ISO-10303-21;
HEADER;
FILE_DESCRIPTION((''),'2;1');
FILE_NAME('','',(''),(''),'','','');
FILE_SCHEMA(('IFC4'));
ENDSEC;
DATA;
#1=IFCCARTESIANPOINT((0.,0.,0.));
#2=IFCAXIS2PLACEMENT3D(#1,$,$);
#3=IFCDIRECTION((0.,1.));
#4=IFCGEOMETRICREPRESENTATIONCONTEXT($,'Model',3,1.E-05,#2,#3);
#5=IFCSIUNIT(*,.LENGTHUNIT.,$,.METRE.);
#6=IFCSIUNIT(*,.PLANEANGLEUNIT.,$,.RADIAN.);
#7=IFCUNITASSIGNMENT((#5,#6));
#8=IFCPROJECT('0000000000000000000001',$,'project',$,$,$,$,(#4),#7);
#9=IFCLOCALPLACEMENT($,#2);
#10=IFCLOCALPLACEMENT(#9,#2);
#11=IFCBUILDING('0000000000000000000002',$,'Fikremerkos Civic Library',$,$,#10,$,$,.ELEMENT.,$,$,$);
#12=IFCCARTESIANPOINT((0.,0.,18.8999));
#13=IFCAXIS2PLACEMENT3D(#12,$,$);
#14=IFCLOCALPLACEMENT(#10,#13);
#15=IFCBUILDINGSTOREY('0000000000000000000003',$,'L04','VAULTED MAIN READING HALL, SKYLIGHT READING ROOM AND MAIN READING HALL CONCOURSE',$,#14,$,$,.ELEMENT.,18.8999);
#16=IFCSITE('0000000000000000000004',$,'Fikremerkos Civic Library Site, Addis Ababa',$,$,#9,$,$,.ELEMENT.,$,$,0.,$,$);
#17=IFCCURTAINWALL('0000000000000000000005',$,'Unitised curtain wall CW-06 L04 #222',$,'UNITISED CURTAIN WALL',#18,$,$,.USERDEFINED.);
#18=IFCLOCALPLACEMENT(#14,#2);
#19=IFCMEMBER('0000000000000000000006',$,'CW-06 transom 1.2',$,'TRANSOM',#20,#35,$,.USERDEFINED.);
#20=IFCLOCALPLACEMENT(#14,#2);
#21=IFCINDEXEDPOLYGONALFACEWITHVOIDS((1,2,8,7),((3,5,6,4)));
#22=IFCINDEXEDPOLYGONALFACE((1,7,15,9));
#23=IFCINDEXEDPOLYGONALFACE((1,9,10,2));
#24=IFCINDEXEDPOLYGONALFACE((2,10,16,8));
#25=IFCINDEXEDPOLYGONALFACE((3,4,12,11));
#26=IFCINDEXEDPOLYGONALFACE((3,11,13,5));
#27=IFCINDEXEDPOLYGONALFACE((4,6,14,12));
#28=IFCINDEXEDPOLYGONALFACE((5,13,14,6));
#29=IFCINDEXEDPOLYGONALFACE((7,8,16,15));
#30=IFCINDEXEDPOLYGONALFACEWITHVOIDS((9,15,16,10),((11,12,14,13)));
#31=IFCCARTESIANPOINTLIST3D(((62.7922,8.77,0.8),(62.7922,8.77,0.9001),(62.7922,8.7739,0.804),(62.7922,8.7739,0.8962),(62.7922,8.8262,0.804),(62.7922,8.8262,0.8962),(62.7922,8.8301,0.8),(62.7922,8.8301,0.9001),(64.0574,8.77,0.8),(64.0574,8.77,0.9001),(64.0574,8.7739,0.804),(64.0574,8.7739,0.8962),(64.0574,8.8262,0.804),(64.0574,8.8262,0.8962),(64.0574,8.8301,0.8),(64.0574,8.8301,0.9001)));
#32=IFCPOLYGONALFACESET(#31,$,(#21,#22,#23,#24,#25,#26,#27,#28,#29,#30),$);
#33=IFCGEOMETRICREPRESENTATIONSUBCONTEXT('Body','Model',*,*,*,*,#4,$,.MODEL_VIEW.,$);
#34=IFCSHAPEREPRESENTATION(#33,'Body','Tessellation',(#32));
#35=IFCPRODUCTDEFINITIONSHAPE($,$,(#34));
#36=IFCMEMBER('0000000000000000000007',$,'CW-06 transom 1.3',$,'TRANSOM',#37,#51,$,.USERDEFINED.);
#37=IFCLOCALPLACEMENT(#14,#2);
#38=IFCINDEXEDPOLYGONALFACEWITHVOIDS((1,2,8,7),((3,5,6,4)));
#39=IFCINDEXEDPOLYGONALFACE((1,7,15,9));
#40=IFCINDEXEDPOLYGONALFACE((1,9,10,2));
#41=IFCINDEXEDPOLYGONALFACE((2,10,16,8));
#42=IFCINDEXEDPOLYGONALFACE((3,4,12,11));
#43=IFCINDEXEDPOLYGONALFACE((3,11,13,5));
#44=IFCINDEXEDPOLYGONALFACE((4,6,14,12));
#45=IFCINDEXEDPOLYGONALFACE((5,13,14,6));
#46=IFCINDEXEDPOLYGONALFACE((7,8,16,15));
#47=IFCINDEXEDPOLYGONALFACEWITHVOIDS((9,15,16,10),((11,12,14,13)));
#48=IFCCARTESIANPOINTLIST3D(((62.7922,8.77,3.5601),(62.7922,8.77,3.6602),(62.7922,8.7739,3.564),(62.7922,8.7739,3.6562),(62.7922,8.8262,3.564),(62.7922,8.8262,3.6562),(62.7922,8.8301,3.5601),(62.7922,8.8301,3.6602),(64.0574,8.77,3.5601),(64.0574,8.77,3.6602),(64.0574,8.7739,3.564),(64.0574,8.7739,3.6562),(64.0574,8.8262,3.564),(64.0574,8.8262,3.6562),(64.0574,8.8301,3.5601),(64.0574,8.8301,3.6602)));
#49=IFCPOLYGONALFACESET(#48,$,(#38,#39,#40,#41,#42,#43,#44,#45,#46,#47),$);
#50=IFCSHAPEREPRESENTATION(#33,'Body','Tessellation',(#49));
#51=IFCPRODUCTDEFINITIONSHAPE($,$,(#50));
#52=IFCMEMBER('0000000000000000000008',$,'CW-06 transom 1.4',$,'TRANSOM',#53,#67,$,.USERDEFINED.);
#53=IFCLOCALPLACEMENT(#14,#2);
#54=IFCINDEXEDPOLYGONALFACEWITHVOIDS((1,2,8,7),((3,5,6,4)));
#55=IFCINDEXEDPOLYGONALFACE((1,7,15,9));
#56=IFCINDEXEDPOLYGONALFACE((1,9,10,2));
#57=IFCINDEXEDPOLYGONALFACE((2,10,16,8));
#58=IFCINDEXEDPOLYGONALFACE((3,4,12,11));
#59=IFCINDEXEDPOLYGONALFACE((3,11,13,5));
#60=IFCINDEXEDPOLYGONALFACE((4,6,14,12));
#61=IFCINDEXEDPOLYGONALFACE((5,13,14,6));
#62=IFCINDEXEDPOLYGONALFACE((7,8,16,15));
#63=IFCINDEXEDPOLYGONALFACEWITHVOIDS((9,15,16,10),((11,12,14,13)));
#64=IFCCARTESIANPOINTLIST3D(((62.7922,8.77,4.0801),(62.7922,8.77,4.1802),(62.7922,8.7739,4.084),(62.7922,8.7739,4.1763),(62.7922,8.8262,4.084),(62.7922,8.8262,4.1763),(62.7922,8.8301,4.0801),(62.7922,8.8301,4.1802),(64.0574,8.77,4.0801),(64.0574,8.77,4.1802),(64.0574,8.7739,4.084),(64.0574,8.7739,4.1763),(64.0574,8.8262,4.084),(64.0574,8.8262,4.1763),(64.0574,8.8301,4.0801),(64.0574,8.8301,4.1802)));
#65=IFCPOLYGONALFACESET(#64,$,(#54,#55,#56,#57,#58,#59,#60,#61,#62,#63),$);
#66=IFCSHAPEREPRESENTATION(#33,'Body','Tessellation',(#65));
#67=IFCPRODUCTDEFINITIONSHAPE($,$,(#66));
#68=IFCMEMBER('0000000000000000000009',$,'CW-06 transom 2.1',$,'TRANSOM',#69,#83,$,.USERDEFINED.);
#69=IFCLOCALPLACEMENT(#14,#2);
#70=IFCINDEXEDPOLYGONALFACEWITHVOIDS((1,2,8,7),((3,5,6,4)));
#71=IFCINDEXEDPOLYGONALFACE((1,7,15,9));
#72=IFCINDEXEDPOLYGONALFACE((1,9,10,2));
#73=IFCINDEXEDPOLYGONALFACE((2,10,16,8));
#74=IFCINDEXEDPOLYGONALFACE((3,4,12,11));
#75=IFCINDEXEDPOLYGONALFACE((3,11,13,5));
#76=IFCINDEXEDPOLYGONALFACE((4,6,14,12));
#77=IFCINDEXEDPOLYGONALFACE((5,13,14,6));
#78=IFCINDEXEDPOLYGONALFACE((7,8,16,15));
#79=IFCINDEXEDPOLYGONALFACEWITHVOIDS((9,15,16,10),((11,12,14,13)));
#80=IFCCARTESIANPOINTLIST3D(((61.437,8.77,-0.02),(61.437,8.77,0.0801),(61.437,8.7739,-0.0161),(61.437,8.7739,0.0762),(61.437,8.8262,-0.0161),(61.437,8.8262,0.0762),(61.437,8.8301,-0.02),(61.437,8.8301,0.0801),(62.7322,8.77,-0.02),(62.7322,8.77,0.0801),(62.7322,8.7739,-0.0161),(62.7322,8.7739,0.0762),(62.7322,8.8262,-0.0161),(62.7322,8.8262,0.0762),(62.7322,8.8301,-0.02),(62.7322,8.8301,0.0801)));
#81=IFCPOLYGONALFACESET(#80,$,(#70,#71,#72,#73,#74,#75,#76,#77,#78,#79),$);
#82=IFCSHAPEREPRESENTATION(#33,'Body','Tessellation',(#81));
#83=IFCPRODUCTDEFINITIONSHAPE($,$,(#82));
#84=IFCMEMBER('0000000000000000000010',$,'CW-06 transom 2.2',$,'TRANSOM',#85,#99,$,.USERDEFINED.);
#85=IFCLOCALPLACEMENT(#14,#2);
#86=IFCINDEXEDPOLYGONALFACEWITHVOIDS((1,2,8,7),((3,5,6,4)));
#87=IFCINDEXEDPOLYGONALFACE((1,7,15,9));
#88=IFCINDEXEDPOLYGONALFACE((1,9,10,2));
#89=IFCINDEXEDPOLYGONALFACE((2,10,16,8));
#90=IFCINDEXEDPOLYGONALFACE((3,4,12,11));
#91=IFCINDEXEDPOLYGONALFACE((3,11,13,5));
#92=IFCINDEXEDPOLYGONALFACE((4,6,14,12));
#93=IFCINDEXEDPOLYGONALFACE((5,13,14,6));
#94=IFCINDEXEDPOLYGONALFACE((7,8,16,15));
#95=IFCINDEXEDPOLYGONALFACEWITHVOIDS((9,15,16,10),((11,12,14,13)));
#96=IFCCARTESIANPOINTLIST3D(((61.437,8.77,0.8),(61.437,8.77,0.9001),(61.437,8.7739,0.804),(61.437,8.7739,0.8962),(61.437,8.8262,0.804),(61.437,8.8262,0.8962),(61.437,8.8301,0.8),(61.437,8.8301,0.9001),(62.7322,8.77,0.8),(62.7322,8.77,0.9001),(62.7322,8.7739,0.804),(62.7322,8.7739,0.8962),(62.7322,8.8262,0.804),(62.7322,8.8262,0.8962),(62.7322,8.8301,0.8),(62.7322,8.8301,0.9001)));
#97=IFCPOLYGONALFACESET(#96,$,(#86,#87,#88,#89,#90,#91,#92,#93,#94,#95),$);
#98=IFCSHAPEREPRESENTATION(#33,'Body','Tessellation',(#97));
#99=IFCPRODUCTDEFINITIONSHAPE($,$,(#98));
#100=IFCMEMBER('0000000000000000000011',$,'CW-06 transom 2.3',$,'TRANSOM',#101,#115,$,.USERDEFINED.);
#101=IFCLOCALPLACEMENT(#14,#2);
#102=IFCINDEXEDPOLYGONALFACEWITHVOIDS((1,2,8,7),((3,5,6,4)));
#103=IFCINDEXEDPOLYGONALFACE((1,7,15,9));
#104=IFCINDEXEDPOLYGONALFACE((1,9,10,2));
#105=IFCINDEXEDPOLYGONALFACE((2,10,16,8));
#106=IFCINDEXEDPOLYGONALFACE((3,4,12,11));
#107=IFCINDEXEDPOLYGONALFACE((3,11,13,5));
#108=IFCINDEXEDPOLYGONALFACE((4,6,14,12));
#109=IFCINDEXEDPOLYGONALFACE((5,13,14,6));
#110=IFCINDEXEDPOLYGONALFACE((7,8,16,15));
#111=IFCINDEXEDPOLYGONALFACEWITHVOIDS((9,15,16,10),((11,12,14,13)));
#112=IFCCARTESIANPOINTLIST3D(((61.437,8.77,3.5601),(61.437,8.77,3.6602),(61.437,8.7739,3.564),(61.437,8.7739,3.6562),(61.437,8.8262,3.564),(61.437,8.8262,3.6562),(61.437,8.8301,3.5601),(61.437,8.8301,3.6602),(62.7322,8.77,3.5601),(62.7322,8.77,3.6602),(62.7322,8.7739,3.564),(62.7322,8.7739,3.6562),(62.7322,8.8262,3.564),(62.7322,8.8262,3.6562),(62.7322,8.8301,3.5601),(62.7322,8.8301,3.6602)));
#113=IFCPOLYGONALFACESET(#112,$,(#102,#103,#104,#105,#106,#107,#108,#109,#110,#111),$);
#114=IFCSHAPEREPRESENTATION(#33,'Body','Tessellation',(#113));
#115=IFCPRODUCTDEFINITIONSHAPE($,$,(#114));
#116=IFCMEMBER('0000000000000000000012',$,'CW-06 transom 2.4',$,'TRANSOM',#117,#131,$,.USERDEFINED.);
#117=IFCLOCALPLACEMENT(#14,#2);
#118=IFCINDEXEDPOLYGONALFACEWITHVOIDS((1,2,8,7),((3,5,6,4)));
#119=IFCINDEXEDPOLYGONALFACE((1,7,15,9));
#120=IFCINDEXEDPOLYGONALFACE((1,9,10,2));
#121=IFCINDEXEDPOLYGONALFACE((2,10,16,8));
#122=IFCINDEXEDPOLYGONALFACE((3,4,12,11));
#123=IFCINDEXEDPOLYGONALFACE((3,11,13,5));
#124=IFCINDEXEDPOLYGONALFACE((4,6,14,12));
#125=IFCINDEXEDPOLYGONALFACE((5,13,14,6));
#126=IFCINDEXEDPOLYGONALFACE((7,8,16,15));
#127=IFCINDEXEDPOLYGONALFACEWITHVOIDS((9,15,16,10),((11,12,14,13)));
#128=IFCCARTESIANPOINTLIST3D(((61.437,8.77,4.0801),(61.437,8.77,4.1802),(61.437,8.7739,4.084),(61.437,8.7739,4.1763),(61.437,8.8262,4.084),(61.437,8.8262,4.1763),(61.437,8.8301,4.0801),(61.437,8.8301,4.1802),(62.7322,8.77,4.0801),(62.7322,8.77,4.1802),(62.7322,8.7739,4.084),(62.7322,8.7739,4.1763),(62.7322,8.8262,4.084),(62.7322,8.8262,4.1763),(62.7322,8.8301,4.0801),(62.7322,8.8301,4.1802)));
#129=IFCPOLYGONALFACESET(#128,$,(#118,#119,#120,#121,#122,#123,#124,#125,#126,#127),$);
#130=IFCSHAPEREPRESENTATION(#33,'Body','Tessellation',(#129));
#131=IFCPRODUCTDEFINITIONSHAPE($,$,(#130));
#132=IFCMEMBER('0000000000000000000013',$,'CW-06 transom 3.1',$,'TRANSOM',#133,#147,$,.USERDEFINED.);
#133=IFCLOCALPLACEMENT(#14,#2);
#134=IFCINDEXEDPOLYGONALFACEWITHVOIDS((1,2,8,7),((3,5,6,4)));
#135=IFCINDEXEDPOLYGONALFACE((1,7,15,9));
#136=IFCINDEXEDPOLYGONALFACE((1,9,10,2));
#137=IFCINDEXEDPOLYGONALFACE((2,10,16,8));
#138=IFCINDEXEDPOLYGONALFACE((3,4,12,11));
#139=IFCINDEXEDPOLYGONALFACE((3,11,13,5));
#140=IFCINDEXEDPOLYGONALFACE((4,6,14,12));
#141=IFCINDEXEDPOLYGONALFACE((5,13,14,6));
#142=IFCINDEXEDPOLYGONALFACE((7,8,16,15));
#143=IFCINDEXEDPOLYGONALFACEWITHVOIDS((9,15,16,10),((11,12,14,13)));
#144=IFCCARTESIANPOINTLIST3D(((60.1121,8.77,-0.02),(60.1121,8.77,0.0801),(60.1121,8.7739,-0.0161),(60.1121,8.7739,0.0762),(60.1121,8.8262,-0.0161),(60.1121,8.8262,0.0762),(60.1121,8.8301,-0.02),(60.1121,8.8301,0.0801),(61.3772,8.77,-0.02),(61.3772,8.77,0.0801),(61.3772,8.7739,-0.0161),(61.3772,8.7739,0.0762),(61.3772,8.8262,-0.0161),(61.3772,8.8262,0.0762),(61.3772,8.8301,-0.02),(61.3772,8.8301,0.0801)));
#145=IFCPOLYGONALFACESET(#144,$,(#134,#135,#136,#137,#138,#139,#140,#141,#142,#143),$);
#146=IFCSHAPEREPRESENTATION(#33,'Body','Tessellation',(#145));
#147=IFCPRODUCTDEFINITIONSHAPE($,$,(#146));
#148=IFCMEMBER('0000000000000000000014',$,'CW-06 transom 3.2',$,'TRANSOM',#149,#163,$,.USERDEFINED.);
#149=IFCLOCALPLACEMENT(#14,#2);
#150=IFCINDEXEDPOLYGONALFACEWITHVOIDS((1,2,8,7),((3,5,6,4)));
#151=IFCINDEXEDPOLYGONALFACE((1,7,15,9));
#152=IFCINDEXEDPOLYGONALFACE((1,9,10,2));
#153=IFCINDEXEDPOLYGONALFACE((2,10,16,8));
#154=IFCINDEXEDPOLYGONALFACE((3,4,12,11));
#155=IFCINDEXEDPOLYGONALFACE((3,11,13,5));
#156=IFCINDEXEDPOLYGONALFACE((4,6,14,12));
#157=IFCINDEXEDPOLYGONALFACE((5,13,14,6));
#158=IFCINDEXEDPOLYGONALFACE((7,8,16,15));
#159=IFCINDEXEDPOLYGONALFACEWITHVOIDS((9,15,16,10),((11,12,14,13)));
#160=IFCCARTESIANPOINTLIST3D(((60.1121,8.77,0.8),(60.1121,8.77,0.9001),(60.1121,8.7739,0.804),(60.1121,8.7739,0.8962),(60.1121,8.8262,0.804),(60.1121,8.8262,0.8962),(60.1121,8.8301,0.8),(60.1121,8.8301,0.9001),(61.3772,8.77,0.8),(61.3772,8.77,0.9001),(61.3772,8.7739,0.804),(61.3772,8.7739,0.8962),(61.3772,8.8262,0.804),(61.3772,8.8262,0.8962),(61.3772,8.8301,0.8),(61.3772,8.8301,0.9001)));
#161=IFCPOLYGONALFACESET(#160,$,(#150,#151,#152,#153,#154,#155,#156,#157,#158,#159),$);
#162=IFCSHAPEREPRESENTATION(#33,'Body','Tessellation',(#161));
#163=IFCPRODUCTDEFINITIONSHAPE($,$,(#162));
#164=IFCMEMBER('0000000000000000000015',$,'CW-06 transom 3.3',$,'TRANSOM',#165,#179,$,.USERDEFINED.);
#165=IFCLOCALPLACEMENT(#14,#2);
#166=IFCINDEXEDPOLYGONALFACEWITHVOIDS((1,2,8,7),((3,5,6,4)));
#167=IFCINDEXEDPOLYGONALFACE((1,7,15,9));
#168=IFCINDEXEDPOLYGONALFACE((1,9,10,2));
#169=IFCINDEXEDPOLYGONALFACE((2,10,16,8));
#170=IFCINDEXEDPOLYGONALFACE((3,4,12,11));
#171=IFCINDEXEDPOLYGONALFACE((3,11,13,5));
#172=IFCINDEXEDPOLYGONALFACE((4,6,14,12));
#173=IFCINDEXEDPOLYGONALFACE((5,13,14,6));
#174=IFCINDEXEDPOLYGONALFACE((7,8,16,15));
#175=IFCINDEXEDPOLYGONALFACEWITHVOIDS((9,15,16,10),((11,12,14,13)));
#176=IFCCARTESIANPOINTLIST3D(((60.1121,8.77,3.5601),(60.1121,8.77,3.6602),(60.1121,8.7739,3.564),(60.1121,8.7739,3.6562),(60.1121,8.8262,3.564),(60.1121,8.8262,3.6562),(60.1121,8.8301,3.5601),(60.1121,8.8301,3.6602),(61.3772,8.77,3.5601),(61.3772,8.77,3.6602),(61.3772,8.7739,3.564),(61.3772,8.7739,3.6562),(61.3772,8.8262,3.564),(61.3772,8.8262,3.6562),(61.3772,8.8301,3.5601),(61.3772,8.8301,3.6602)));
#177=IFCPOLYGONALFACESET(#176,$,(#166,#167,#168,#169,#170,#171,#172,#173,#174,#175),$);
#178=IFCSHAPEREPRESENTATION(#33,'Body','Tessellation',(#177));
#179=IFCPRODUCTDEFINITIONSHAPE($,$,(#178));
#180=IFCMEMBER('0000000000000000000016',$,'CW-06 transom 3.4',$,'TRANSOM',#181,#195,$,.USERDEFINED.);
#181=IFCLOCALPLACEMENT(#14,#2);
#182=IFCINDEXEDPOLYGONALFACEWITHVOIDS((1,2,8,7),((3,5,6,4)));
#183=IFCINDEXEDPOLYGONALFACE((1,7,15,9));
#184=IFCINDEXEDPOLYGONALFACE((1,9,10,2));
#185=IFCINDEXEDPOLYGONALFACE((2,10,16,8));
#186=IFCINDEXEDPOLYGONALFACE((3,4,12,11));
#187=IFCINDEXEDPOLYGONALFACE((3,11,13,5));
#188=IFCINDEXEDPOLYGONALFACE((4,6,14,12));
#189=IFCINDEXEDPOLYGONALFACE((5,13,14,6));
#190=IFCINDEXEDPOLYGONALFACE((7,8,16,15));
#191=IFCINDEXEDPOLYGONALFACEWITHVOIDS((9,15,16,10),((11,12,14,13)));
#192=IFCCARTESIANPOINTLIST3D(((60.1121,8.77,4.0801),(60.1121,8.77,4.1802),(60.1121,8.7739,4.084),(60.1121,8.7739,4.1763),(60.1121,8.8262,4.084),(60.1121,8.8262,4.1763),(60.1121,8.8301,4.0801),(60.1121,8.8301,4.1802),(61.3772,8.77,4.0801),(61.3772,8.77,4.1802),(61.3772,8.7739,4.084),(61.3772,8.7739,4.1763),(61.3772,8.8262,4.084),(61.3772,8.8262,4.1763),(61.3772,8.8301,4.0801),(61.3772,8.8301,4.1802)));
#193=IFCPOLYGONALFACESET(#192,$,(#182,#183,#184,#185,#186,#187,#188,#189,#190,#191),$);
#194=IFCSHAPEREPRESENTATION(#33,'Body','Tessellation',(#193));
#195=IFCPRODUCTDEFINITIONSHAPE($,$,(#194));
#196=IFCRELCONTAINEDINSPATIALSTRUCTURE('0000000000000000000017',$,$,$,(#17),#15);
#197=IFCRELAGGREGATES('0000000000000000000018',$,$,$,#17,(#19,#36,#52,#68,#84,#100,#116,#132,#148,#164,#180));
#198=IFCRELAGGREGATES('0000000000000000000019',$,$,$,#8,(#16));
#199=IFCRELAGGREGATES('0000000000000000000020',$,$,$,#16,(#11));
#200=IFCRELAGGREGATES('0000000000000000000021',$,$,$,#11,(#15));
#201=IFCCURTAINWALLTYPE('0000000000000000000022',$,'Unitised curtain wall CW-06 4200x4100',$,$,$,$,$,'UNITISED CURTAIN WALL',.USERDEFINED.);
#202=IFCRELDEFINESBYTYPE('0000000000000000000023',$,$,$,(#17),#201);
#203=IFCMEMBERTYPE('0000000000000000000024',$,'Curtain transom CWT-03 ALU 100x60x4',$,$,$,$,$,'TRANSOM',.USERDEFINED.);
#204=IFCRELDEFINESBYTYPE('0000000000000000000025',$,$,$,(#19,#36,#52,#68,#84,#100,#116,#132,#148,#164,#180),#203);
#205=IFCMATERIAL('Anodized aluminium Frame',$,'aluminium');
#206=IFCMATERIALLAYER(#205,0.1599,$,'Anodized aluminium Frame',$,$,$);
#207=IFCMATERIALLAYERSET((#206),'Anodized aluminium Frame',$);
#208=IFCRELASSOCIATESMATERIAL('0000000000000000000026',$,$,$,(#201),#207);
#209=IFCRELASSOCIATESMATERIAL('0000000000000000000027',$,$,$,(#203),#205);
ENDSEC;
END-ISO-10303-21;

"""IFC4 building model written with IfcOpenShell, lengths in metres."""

from ifc_helpers import new_model, si_unit, direction, frame, origin, origin_2d, place, context, subcontext, project, spatial, hollow_rectangle, extrude, material, layer, layer_set, material_profile, profile_set, type_object, element, aggregate, save


model = new_model("IFC4")

# Units and contexts
model_context = context("Model", 3, precision=1e-05, world=origin(), true_north=direction((0.0, 1.0)))
body_context = subcontext(model_context, "Body", "Model", "MODEL_VIEW")
ifc_project = project(units=[si_unit("LENGTHUNIT", "METRE"), si_unit("PLANEANGLEUNIT", "RADIAN")], contexts=[model_context])

# Site, building, storey
site_placement = place(None, origin())
site = spatial("IfcSite", under=ifc_project, at=site_placement, Name="Fikremerkos Civic Library Site, Addis Ababa", CompositionType="ELEMENT", RefElevation=0.0)
building_placement = place(site_placement, origin())
building = spatial("IfcBuilding", under=site, at=building_placement, Name="Fikremerkos Civic Library", CompositionType="ELEMENT")
storey_placement = place(building_placement, frame((0.0, 0.0, 18.8999)))
storey = spatial("IfcBuildingStorey", under=building, at=storey_placement, Name="L04", Description="VAULTED MAIN READING HALL, SKYLIGHT READING ROOM AND MAIN READING HALL CONCOURSE", CompositionType="ELEMENT", Elevation=18.8999)

# Curtain wall
ifc_material_1 = material(Name="Anodized aluminium Frame", Category="aluminium")
ifc_layer_1 = layer(ifc_material_1, 0.1599, Name="Anodized aluminium Frame")
ifc_layer_set_1 = layer_set([ifc_layer_1], Name="Anodized aluminium Frame")
curtain_wall_type_1 = type_object("IfcCurtainWallType", Name="Unitised curtain wall CW-06 4200x4100", ElementType="UNITISED CURTAIN WALL", PredefinedType="USERDEFINED", material=ifc_layer_set_1)
curtain_wall_1_placement = place(storey_placement, origin())
curtain_wall_1 = element("IfcCurtainWall", 1, at=curtain_wall_1_placement, inside=storey, type_object=curtain_wall_type_1, Name="Unitised curtain wall CW-06 L04 #222", ObjectType="UNITISED CURTAIN WALL", PredefinedType="USERDEFINED")

# Members
ifc_material_profile_1 = material_profile(ifc_material_1, hollow_rectangle(XDim=0.0601, YDim=0.1001, WallThickness=0.0039, at=origin_2d()), Name="ALU 100x60x4")
ifc_profile_set_1 = profile_set([ifc_material_profile_1], Name="Anodized aluminium Frame")
member_type_1 = type_object("IfcMemberType", Name="Curtain transom CWT-03 ALU 100x60x4", ElementType="TRANSOM", PredefinedType="USERDEFINED", material=ifc_profile_set_1)
member_1_placement = place(storey_placement, frame((64.0574, 8.8, 0.8501), z_axis=(-1.0, 0.0, 0.0), x_axis=(0.0, -1.0, 0.0)))
member_1 = element("IfcMember", 2, at=member_1_placement, type_object=member_type_1, Name="CW-06 transom 1.2", ObjectType="TRANSOM", PredefinedType="USERDEFINED", context=body_context, shape_type="SweptSolid", body=[
    extrude(hollow_rectangle(XDim=0.0601, YDim=0.1001, WallThickness=0.0039, at=origin_2d()), origin(), (0.0, 0.0, 1.0), 1.2651),
])
member_2_placement = place(storey_placement, frame((64.0574, 8.8, 3.6101), z_axis=(-1.0, 0.0, 0.0), x_axis=(0.0, -1.0, 0.0)))
member_2 = element("IfcMember", 3, at=member_2_placement, type_object=member_type_1, Name="CW-06 transom 1.3", ObjectType="TRANSOM", PredefinedType="USERDEFINED", context=body_context, shape_type="SweptSolid", body=[
    extrude(hollow_rectangle(XDim=0.0601, YDim=0.1001, WallThickness=0.0039, at=origin_2d()), origin(), (0.0, 0.0, 1.0), 1.2651),
])
member_3_placement = place(storey_placement, frame((64.0574, 8.8, 4.1301), z_axis=(-1.0, 0.0, 0.0), x_axis=(0.0, -1.0, 0.0)))
member_3 = element("IfcMember", 4, at=member_3_placement, type_object=member_type_1, Name="CW-06 transom 1.4", ObjectType="TRANSOM", PredefinedType="USERDEFINED", context=body_context, shape_type="SweptSolid", body=[
    extrude(hollow_rectangle(XDim=0.0601, YDim=0.1001, WallThickness=0.0039, at=origin_2d()), origin(), (0.0, 0.0, 1.0), 1.2651),
])
member_4_placement = place(storey_placement, frame((62.7322, 8.8, 0.03), z_axis=(-1.0, 0.0, 0.0), x_axis=(0.0, -1.0, 0.0)))
member_4 = element("IfcMember", 5, at=member_4_placement, type_object=member_type_1, Name="CW-06 transom 2.1", ObjectType="TRANSOM", PredefinedType="USERDEFINED", context=body_context, shape_type="SweptSolid", body=[
    extrude(hollow_rectangle(XDim=0.0601, YDim=0.1001, WallThickness=0.0039, at=origin_2d()), origin(), (0.0, 0.0, 1.0), 1.2952),
])
member_5_placement = place(storey_placement, frame((62.7322, 8.8, 0.8501), z_axis=(-1.0, 0.0, 0.0), x_axis=(0.0, -1.0, 0.0)))
member_5 = element("IfcMember", 6, at=member_5_placement, type_object=member_type_1, Name="CW-06 transom 2.2", ObjectType="TRANSOM", PredefinedType="USERDEFINED", context=body_context, shape_type="SweptSolid", body=[
    extrude(hollow_rectangle(XDim=0.0601, YDim=0.1001, WallThickness=0.0039, at=origin_2d()), origin(), (0.0, 0.0, 1.0), 1.2952),
])
member_6_placement = place(storey_placement, frame((62.7322, 8.8, 3.6101), z_axis=(-1.0, 0.0, 0.0), x_axis=(0.0, -1.0, 0.0)))
member_6 = element("IfcMember", 7, at=member_6_placement, type_object=member_type_1, Name="CW-06 transom 2.3", ObjectType="TRANSOM", PredefinedType="USERDEFINED", context=body_context, shape_type="SweptSolid", body=[
    extrude(hollow_rectangle(XDim=0.0601, YDim=0.1001, WallThickness=0.0039, at=origin_2d()), origin(), (0.0, 0.0, 1.0), 1.2952),
])
member_7_placement = place(storey_placement, frame((62.7322, 8.8, 4.1301), z_axis=(-1.0, 0.0, 0.0), x_axis=(0.0, -1.0, 0.0)))
member_7 = element("IfcMember", 8, at=member_7_placement, type_object=member_type_1, Name="CW-06 transom 2.4", ObjectType="TRANSOM", PredefinedType="USERDEFINED", context=body_context, shape_type="SweptSolid", body=[
    extrude(hollow_rectangle(XDim=0.0601, YDim=0.1001, WallThickness=0.0039, at=origin_2d()), origin(), (0.0, 0.0, 1.0), 1.2952),
])
member_8_placement = place(storey_placement, frame((61.3772, 8.8, 0.03), z_axis=(-1.0, 0.0, 0.0), x_axis=(0.0, -1.0, 0.0)))
member_8 = element("IfcMember", 9, at=member_8_placement, type_object=member_type_1, Name="CW-06 transom 3.1", ObjectType="TRANSOM", PredefinedType="USERDEFINED", context=body_context, shape_type="SweptSolid", body=[
    extrude(hollow_rectangle(XDim=0.0601, YDim=0.1001, WallThickness=0.0039, at=origin_2d()), origin(), (0.0, 0.0, 1.0), 1.2651),
])
member_9_placement = place(storey_placement, frame((61.3772, 8.8, 0.8501), z_axis=(-1.0, 0.0, 0.0), x_axis=(0.0, -1.0, 0.0)))
member_9 = element("IfcMember", 10, at=member_9_placement, type_object=member_type_1, Name="CW-06 transom 3.2", ObjectType="TRANSOM", PredefinedType="USERDEFINED", context=body_context, shape_type="SweptSolid", body=[
    extrude(hollow_rectangle(XDim=0.0601, YDim=0.1001, WallThickness=0.0039, at=origin_2d()), origin(), (0.0, 0.0, 1.0), 1.2651),
])
member_10_placement = place(storey_placement, frame((61.3772, 8.8, 3.6101), z_axis=(-1.0, 0.0, 0.0), x_axis=(0.0, -1.0, 0.0)))
member_10 = element("IfcMember", 11, at=member_10_placement, type_object=member_type_1, Name="CW-06 transom 3.3", ObjectType="TRANSOM", PredefinedType="USERDEFINED", context=body_context, shape_type="SweptSolid", body=[
    extrude(hollow_rectangle(XDim=0.0601, YDim=0.1001, WallThickness=0.0039, at=origin_2d()), origin(), (0.0, 0.0, 1.0), 1.2651),
])
member_11_placement = place(storey_placement, frame((61.3772, 8.8, 4.1301), z_axis=(-1.0, 0.0, 0.0), x_axis=(0.0, -1.0, 0.0)))
member_11 = element("IfcMember", 12, at=member_11_placement, type_object=member_type_1, Name="CW-06 transom 3.4", ObjectType="TRANSOM", PredefinedType="USERDEFINED", context=body_context, shape_type="SweptSolid", body=[
    extrude(hollow_rectangle(XDim=0.0601, YDim=0.1001, WallThickness=0.0039, at=origin_2d()), origin(), (0.0, 0.0, 1.0), 1.2651),
])

aggregate(curtain_wall_1, [member_1, member_2, member_3, member_4, member_5, member_6, member_7, member_8, member_9, member_10, member_11])

save(model, "model.ifc")
